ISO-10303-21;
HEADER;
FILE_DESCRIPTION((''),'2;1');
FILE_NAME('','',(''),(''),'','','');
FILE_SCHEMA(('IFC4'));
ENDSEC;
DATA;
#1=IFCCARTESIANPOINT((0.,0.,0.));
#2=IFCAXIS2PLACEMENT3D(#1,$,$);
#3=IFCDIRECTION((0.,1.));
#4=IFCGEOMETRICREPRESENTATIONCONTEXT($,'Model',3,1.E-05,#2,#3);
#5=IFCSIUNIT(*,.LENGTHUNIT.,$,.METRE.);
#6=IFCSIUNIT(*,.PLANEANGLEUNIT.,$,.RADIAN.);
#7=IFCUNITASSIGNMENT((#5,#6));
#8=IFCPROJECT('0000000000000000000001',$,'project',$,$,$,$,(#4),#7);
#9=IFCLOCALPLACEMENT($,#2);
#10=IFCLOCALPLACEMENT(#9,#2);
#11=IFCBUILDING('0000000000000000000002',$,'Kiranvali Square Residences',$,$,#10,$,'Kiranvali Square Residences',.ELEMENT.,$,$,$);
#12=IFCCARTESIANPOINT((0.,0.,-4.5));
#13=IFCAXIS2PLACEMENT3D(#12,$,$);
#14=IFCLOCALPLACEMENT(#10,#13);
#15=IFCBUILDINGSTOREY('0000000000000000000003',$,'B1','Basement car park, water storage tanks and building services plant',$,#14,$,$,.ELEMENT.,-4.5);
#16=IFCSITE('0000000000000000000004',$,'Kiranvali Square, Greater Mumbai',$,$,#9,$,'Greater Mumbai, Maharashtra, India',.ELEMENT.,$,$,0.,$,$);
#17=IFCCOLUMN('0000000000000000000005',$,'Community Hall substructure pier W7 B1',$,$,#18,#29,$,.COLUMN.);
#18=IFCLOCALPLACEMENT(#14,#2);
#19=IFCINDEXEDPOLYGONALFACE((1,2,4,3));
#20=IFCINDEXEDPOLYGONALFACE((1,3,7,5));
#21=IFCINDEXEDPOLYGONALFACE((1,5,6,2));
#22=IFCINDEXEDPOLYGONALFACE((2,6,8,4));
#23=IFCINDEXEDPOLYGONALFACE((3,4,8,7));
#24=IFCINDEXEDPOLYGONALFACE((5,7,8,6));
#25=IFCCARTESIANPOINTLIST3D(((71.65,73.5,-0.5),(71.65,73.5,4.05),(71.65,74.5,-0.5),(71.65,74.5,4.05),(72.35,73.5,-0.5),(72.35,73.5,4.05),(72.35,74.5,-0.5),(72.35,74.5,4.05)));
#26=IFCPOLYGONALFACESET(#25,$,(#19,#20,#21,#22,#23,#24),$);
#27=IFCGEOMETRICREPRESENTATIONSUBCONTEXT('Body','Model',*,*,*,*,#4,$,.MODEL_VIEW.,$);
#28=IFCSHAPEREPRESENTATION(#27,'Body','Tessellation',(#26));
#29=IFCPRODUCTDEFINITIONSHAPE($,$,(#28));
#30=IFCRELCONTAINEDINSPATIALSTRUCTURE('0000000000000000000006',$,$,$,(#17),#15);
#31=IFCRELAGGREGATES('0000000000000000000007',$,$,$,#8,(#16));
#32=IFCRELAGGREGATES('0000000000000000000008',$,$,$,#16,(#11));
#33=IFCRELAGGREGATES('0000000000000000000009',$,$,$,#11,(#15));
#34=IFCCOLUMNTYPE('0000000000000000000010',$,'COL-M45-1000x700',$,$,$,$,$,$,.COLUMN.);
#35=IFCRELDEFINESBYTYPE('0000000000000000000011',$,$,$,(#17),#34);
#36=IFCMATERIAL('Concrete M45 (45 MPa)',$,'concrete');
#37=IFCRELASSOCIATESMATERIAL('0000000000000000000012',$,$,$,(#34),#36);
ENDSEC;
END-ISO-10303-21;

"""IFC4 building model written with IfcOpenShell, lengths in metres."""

from ifc_helpers import new_model, si_unit, direction, frame, origin, origin_2d, place, context, subcontext, project, spatial, rectangle, extrude, material, material_profile, profile_set, type_object, element, save


model = new_model("IFC4")

# Units and contexts
model_context = context("Model", 3, precision=1e-05, world=origin(), true_north=direction((0.0, 1.0)))
body_context = subcontext(model_context, "Body", "Model", "MODEL_VIEW")
ifc_project = project(units=[si_unit("LENGTHUNIT", "METRE"), si_unit("PLANEANGLEUNIT", "RADIAN")], contexts=[model_context])

# Site, building, storey
site_placement = place(None, origin())
site = spatial("IfcSite", under=ifc_project, at=site_placement, Name="Kiranvali Square, Greater Mumbai", LongName="Greater Mumbai, Maharashtra, India", CompositionType="ELEMENT", RefElevation=0.0)
building_placement = place(site_placement, origin())
building = spatial("IfcBuilding", under=site, at=building_placement, Name="Kiranvali Square Residences", LongName="Kiranvali Square Residences", CompositionType="ELEMENT")
storey_placement = place(building_placement, frame((0.0, 0.0, -4.5)))
storey = spatial("IfcBuildingStorey", under=building, at=storey_placement, Name="B1", Description="Basement car park, water storage tanks and building services plant", CompositionType="ELEMENT", Elevation=-4.5)

# Column
ifc_material_1 = material(Name="Concrete M45 (45 MPa)", Category="concrete")
ifc_material_profile_1 = material_profile(ifc_material_1, rectangle(XDim=0.7, YDim=1.0, at=origin_2d()), Name="RC 1000x700")
ifc_profile_set_1 = profile_set([ifc_material_profile_1], Name="Concrete M45 (45 MPa)")
column_type_1 = type_object("IfcColumnType", Name="COL-M45-1000x700", PredefinedType="COLUMN", material=ifc_profile_set_1)
for number, where, z_axis, x_axis, name in (
    (1, (72.0, 74.0, -0.5), (0.0, 0.0, 1.0), (1.0, 0.0, 0.0), "Community Hall substructure pier W7 B1"),
):
    element("IfcColumn", number, at=place(storey_placement, frame(where, z_axis=z_axis, x_axis=x_axis)), inside=storey, type_object=column_type_1, Name=name, PredefinedType="COLUMN", context=body_context, shape_type="SweptSolid", body=[
        extrude(rectangle(XDim=0.7, YDim=1.0, at=origin_2d()), origin(), (0.0, 0.0, 1.0), 4.55),
    ])

save(model, "model.ifc")
